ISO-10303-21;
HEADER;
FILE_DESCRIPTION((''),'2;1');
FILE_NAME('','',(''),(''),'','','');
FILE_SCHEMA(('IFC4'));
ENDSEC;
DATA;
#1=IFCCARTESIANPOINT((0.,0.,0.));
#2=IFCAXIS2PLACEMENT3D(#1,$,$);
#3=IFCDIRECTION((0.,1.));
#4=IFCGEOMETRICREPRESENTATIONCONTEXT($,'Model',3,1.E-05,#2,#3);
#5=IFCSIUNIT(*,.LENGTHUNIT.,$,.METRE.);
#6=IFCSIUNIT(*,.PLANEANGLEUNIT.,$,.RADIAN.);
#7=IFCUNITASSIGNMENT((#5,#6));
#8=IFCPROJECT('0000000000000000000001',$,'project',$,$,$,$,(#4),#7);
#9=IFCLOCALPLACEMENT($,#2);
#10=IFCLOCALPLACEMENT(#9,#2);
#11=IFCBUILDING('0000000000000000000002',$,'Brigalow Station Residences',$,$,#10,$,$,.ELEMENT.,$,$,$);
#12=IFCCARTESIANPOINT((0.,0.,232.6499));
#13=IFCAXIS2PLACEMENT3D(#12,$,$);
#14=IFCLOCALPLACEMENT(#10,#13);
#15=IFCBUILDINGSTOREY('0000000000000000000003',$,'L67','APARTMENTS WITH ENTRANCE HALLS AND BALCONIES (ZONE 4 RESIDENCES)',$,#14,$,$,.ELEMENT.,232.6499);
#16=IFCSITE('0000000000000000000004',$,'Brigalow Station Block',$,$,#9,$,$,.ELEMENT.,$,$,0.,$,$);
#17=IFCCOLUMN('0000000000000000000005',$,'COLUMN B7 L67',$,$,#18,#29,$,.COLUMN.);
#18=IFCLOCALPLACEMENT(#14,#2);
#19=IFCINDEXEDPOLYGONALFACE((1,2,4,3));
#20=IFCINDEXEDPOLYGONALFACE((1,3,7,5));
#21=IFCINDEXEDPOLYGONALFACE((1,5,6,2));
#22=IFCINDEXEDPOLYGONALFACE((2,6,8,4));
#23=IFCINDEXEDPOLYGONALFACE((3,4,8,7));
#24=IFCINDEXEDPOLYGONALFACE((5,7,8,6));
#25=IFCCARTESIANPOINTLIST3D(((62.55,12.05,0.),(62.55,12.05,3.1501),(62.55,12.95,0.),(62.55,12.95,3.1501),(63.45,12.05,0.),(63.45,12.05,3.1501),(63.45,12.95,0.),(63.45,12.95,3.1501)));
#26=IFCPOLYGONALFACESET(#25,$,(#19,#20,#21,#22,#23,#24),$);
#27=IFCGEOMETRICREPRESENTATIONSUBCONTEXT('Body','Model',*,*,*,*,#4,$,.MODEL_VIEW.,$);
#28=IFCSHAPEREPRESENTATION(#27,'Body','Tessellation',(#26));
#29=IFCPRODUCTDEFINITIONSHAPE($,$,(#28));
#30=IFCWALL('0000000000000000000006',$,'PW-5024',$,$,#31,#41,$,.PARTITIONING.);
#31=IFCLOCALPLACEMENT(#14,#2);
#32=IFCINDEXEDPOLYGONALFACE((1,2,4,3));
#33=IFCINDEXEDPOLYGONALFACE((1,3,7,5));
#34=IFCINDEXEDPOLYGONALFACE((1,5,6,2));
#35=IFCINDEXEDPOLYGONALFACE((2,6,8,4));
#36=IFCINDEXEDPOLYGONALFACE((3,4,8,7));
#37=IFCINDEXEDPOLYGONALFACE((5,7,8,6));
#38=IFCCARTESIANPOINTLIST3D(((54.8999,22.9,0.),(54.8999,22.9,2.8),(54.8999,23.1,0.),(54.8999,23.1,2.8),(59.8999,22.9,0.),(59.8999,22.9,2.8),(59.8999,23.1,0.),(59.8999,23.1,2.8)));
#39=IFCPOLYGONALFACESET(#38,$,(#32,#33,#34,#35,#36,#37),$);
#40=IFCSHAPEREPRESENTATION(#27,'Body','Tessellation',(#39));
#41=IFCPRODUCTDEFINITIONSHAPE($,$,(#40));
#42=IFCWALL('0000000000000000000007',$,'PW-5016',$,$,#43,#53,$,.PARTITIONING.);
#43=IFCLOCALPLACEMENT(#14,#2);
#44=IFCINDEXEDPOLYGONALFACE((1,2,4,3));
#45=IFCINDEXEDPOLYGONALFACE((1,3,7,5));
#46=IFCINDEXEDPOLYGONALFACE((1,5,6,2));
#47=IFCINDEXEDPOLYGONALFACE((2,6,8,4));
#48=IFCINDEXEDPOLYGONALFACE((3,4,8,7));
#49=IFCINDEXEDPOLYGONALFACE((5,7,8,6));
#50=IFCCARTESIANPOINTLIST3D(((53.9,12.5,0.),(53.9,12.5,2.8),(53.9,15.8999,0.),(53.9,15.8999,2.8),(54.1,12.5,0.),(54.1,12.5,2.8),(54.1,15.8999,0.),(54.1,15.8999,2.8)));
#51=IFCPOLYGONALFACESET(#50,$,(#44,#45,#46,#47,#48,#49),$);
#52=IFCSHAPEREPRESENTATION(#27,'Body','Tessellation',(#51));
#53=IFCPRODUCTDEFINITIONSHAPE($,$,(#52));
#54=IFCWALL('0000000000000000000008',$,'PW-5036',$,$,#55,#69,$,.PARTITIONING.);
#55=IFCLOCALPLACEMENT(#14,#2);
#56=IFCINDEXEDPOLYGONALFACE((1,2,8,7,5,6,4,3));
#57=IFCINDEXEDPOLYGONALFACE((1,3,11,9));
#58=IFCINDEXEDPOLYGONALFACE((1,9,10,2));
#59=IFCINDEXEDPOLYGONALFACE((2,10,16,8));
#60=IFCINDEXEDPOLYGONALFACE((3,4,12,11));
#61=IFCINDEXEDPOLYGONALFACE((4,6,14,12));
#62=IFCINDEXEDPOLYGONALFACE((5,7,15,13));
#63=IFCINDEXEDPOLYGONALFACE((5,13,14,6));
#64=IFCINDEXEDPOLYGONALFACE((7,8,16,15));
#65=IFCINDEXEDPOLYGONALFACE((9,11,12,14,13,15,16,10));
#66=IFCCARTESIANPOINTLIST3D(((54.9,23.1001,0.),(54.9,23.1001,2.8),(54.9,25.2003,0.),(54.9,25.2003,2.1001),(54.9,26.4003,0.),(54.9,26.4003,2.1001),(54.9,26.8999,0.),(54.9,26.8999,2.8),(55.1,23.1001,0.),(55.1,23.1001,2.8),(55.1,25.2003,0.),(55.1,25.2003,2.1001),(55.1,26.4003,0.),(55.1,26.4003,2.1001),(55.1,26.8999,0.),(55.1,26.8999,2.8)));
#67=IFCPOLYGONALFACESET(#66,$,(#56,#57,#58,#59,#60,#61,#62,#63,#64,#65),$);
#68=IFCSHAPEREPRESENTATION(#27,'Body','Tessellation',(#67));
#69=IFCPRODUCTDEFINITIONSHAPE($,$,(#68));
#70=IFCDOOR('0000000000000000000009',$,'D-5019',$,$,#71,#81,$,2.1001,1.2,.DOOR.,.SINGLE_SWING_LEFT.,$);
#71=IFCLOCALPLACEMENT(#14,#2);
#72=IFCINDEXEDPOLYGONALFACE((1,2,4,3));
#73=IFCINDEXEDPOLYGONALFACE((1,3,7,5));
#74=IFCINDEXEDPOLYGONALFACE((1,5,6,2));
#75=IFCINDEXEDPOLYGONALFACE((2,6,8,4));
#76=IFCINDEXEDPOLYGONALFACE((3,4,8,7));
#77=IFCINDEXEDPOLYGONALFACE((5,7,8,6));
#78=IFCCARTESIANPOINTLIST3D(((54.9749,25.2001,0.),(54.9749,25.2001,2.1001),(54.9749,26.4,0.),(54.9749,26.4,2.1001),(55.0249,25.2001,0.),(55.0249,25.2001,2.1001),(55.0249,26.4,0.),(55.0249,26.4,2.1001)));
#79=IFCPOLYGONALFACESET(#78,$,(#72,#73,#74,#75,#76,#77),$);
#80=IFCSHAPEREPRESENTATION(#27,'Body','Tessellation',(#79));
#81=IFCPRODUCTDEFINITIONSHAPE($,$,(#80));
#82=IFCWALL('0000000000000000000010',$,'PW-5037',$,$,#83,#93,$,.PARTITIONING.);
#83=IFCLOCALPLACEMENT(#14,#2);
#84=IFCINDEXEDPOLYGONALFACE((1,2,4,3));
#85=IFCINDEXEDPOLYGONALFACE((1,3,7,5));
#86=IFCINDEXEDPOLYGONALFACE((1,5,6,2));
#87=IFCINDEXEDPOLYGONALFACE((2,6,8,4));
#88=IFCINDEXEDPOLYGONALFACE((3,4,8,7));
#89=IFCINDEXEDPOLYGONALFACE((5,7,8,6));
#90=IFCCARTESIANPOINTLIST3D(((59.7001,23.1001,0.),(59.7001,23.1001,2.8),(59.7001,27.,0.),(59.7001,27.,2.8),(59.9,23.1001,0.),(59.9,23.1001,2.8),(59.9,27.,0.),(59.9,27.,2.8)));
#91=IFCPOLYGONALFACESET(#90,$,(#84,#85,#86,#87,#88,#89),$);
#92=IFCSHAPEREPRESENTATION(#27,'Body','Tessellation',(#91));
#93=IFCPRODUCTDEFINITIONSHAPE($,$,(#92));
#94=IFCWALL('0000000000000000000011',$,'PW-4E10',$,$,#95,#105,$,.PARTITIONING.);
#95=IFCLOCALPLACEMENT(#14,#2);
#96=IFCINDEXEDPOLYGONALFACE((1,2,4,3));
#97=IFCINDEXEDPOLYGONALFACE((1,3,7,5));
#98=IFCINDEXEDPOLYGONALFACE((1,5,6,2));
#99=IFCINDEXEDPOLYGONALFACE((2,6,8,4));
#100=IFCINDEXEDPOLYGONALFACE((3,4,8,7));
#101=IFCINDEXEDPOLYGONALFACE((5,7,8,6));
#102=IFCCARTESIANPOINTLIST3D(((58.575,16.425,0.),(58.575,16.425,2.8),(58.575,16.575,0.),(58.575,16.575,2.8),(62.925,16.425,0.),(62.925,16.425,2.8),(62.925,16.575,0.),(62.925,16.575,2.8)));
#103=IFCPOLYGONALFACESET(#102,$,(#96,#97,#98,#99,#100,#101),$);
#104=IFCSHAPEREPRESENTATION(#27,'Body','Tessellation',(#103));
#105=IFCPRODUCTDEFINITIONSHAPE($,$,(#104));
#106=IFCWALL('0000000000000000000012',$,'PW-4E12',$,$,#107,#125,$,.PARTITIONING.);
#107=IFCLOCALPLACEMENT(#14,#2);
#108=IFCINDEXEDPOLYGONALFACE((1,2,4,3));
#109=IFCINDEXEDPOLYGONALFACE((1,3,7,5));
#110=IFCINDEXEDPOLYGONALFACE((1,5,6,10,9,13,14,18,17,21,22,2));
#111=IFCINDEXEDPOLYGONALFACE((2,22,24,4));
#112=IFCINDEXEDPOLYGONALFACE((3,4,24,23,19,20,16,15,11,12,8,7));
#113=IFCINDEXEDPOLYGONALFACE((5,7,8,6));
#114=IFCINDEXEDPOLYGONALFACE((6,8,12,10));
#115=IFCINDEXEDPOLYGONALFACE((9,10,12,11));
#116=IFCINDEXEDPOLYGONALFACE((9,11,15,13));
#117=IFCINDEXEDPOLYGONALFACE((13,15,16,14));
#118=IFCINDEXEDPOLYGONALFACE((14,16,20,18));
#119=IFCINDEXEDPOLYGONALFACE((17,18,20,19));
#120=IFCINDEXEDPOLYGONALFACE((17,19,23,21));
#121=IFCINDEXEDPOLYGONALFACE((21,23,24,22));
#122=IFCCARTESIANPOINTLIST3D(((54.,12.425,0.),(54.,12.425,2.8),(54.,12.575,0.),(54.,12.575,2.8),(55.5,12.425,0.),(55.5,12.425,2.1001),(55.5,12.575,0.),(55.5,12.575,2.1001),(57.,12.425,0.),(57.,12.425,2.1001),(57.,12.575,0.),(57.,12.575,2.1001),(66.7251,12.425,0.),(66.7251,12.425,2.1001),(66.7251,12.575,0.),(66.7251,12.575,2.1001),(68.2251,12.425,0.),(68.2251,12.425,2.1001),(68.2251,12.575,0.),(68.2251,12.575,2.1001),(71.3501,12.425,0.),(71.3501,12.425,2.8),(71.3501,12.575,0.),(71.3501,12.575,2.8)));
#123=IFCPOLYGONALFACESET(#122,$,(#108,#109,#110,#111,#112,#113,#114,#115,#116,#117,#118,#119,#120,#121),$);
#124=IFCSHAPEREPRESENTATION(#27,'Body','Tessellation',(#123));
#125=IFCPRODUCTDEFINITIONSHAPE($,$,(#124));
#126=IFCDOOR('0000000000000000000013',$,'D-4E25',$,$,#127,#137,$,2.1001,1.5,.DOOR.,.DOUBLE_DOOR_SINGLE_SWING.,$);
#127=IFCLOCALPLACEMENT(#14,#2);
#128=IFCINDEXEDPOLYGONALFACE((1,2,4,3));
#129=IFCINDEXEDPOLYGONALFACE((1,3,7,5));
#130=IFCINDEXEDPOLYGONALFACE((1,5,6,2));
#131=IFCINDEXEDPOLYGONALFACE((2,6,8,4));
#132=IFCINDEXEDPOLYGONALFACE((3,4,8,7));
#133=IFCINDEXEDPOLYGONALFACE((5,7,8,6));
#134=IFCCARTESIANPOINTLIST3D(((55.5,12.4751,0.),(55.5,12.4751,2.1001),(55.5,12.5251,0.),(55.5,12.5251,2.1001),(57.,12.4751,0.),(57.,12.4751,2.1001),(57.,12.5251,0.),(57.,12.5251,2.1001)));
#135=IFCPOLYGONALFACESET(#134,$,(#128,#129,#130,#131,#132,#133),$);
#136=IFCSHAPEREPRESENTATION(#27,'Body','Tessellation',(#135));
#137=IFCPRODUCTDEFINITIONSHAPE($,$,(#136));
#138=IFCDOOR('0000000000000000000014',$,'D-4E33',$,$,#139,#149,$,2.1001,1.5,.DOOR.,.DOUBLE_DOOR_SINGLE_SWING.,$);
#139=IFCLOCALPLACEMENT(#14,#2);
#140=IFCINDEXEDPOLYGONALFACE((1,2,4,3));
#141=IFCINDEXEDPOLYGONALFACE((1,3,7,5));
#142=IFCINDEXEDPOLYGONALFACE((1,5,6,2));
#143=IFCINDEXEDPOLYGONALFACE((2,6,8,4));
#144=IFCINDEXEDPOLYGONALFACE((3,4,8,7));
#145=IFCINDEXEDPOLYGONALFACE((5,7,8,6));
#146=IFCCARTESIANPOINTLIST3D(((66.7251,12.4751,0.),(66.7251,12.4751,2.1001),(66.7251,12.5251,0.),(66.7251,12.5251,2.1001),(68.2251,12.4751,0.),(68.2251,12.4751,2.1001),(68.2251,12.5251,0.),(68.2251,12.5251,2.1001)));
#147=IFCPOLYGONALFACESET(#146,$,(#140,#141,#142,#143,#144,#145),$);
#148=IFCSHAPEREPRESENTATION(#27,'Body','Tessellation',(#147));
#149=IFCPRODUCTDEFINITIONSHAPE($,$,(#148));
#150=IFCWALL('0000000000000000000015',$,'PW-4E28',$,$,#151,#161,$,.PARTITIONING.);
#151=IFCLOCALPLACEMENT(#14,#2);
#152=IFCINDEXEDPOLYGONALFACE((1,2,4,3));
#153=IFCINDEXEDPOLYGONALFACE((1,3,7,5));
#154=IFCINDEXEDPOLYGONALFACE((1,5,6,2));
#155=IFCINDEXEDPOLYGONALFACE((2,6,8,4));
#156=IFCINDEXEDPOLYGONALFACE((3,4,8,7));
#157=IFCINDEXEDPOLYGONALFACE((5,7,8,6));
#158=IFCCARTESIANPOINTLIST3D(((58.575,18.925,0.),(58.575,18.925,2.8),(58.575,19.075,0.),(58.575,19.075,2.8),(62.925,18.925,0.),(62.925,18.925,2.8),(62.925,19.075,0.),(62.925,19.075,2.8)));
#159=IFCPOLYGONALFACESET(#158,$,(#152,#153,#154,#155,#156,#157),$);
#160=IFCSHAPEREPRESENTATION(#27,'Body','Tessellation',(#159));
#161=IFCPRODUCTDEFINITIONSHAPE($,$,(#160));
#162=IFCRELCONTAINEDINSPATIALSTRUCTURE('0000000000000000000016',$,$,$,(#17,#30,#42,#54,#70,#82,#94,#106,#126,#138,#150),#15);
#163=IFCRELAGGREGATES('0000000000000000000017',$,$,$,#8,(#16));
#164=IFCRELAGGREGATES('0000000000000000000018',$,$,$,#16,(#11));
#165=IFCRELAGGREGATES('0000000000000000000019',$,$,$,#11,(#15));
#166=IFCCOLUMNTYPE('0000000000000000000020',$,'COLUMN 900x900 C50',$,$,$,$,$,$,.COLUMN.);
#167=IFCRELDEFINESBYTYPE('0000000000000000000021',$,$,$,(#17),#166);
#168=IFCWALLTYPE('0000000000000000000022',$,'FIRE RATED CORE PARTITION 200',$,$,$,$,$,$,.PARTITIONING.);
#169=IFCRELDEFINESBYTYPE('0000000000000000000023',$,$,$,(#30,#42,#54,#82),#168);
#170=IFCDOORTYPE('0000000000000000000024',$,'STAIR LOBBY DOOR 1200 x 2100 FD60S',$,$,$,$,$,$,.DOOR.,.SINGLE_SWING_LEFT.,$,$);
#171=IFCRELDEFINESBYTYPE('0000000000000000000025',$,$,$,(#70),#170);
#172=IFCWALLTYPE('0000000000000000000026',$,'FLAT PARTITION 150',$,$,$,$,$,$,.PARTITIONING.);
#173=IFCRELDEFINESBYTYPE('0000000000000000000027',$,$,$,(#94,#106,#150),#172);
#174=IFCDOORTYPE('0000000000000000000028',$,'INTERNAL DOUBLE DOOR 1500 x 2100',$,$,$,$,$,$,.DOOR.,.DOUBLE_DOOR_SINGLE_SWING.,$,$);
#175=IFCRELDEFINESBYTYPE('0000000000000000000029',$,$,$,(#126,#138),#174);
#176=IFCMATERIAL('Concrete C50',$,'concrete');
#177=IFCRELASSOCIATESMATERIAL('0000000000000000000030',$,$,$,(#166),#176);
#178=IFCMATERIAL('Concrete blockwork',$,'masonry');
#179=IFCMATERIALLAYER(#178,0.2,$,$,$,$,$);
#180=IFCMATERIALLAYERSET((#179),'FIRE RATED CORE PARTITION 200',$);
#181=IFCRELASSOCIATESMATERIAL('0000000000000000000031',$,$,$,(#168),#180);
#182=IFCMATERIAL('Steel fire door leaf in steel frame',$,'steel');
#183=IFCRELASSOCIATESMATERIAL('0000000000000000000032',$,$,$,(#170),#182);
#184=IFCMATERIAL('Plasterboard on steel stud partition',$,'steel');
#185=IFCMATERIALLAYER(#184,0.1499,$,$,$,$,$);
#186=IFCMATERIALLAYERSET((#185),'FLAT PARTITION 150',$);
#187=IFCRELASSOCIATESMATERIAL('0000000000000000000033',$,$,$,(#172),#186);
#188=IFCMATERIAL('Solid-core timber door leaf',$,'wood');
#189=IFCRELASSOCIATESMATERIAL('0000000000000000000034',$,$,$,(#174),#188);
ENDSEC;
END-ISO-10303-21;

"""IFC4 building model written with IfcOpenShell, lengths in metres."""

from ifc_helpers import new_model, si_unit, direction, frame, frame_2d, origin, origin_2d, place, context, subcontext, project, spatial, rectangle, extrude, material, layer, layer_set, material_profile, profile_set, type_object, element, fill, save


model = new_model("IFC4")

# Units and contexts
model_context = context("Model", 3, precision=1e-05, world=origin(), true_north=direction((0.0, 1.0)))
body_context = subcontext(model_context, "Body", "Model", "MODEL_VIEW")
ifc_project = project(units=[si_unit("LENGTHUNIT", "METRE"), si_unit("PLANEANGLEUNIT", "RADIAN")], contexts=[model_context])

# Site, building, storey
site_placement = place(None, origin())
site = spatial("IfcSite", under=ifc_project, at=site_placement, Name="Brigalow Station Block", CompositionType="ELEMENT", RefElevation=0.0)
building_placement = place(site_placement, origin())
building = spatial("IfcBuilding", under=site, at=building_placement, Name="Brigalow Station Residences", CompositionType="ELEMENT")
storey_placement = place(building_placement, frame((0.0, 0.0, 232.6499)))
storey = spatial("IfcBuildingStorey", under=building, at=storey_placement, Name="L67", Description="APARTMENTS WITH ENTRANCE HALLS AND BALCONIES (ZONE 4 RESIDENCES)", CompositionType="ELEMENT", Elevation=232.6499)

# Column
ifc_material_1 = material(Name="Concrete C50", Category="concrete")
ifc_material_profile = material_profile(ifc_material_1, rectangle(XDim=0.8999, YDim=0.8999, at=origin_2d()), Name="RC900x900")
ifc_profile_set = profile_set([ifc_material_profile], Name="Concrete C50")
column_type = type_object("IfcColumnType", Name="COLUMN 900x900 C50", PredefinedType="COLUMN", material=ifc_profile_set)
column_placement = place(storey_placement, frame((63.0, 12.5, 0.0), z_axis=(0.0, 0.0, 1.0), x_axis=(1.0, 0.0, 0.0)))
element("IfcColumn", 1, at=column_placement, inside=storey, type_object=column_type, Name="COLUMN B7 L67", PredefinedType="COLUMN", context=body_context, shape_type="SweptSolid", body=[
    extrude(rectangle(XDim=0.8999, YDim=0.8999, at=origin_2d()), origin(), (0.0, 0.0, 1.0), 3.1501),
])

# Walls
ifc_material_2 = material(Name="Concrete blockwork", Category="masonry")
ifc_layer_1 = layer(ifc_material_2, 0.2)
ifc_layer_set_1 = layer_set([ifc_layer_1], Name="FIRE RATED CORE PARTITION 200")
wall_type_1 = type_object("IfcWallType", Name="FIRE RATED CORE PARTITION 200", PredefinedType="PARTITIONING", material=ifc_layer_set_1)
wall_1_placement = place(storey_placement, frame((54.8999, 23.0, 0.0), z_axis=(0.0, 0.0, 1.0), x_axis=(1.0, 0.0, 0.0)))
element("IfcWall", 2, at=wall_1_placement, inside=storey, type_object=wall_type_1, Name="PW-5024", PredefinedType="PARTITIONING", context=body_context, shape_type="SweptSolid", body=[
    extrude(rectangle(XDim=5.0, YDim=0.2, at=frame_2d((2.5, 0.0))), origin(), (0.0, 0.0, 1.0), 2.8),
])
wall_2_placement = place(storey_placement, frame((54.0, 12.5, 0.0), z_axis=(0.0, 0.0, 1.0), x_axis=(0.0, 1.0, 0.0)))
element("IfcWall", 3, at=wall_2_placement, inside=storey, type_object=wall_type_1, Name="PW-5016", PredefinedType="PARTITIONING", context=body_context, shape_type="SweptSolid", body=[
    extrude(rectangle(XDim=3.3999, YDim=0.2, at=frame_2d((1.7, 0.0))), origin(), (0.0, 0.0, 1.0), 2.8),
])

# Wall, opening, door
wall_3_placement = place(storey_placement, frame((55.0, 23.1001, 0.0), z_axis=(0.0, 0.0, 1.0), x_axis=(0.0, 1.0, 0.0)))
wall_3 = element("IfcWall", 4, at=wall_3_placement, inside=storey, type_object=wall_type_1, Name="PW-5036", PredefinedType="PARTITIONING", context=body_context, shape_type="SweptSolid", body=[
    extrude(rectangle(XDim=3.7998, YDim=0.2, at=frame_2d((1.8999, 0.0))), origin(), (0.0, 0.0, 1.0), 2.8),
])
opening_1_placement = place(wall_3_placement, frame((2.1001, 0.0, 0.0)))
opening_1 = element("IfcOpeningElement", 5, at=opening_1_placement, cuts=wall_3, PredefinedType="OPENING", context=body_context, shape_type="SweptSolid", body=[
    extrude(rectangle(XDim=1.2, YDim=2.1001, at=frame_2d((0.6001, 1.05))), frame((0.0, 0.1099, 0.0), z_axis=(0.0, -1.0, 0.0), x_axis=(1.0, 0.0, 0.0)), (0.0, 0.0, 1.0), 0.22),
])
ifc_material_3 = material(Name="Steel fire door leaf in steel frame", Category="steel")
door_type_1 = type_object("IfcDoorType", Name="STAIR LOBBY DOOR 1200 x 2100 FD60S", OperationType="SINGLE_SWING_LEFT", PredefinedType="DOOR", material=ifc_material_3)
door_1_placement = place(opening_1_placement, frame((1.2, 0.0, 0.0), z_axis=(0.0, 0.0, 1.0), x_axis=(-1.0, 0.0, 0.0)))
door_1 = element("IfcDoor", 6, at=door_1_placement, inside=storey, type_object=door_type_1, Name="D-5019", OperationType="SINGLE_SWING_LEFT", OverallHeight=2.1001, OverallWidth=1.2, PredefinedType="DOOR", context=body_context, shape_type="SweptSolid", body=[
    extrude(rectangle(XDim=1.2, YDim=2.1001, at=frame_2d((0.6001, 1.05))), frame((0.0, 0.0249, 0.0), z_axis=(0.0, -1.0, 0.0), x_axis=(1.0, 0.0, 0.0)), (0.0, 0.0, 1.0), 0.05),
])
fill(opening_1, door_1)

# Walls
wall_4_placement = place(storey_placement, frame((59.8, 23.1001, 0.0), z_axis=(0.0, 0.0, 1.0), x_axis=(0.0, 1.0, 0.0)))
element("IfcWall", 7, at=wall_4_placement, inside=storey, type_object=wall_type_1, Name="PW-5037", PredefinedType="PARTITIONING", context=body_context, shape_type="SweptSolid", body=[
    extrude(rectangle(XDim=3.8999, YDim=0.2, at=frame_2d((1.95, 0.0))), origin(), (0.0, 0.0, 1.0), 2.8),
])
ifc_material_4 = material(Name="Plasterboard on steel stud partition", Category="steel")
ifc_layer_2 = layer(ifc_material_4, 0.1499)
ifc_layer_set_2 = layer_set([ifc_layer_2], Name="FLAT PARTITION 150")
wall_type_2 = type_object("IfcWallType", Name="FLAT PARTITION 150", PredefinedType="PARTITIONING", material=ifc_layer_set_2)
wall_5_placement = place(storey_placement, frame((58.575, 16.5, 0.0), z_axis=(0.0, 0.0, 1.0), x_axis=(1.0, 0.0, 0.0)))
element("IfcWall", 8, at=wall_5_placement, inside=storey, type_object=wall_type_2, Name="PW-4E10", PredefinedType="PARTITIONING", context=body_context, shape_type="SweptSolid", body=[
    extrude(rectangle(XDim=4.3501, YDim=0.1499, at=frame_2d((2.175, 0.0))), origin(), (0.0, 0.0, 1.0), 2.8),
])

# Wall, openings, doors
wall_6_placement = place(storey_placement, frame((54.0, 12.5, 0.0), z_axis=(0.0, 0.0, 1.0), x_axis=(1.0, 0.0, 0.0)))
wall_6 = element("IfcWall", 9, at=wall_6_placement, inside=storey, type_object=wall_type_2, Name="PW-4E12", PredefinedType="PARTITIONING", context=body_context, shape_type="SweptSolid", body=[
    extrude(rectangle(XDim=17.3501, YDim=0.1499, at=frame_2d((8.675, 0.0))), origin(), (0.0, 0.0, 1.0), 2.8),
])
opening_2_placement = place(wall_6_placement, frame((1.5, 0.0, 0.0)))
opening_2 = element("IfcOpeningElement", 10, at=opening_2_placement, cuts=wall_6, PredefinedType="OPENING", context=body_context, shape_type="SweptSolid", body=[
    extrude(rectangle(XDim=1.5, YDim=2.1001, at=frame_2d((0.75, 1.05))), frame((0.0, 0.085, 0.0), z_axis=(0.0, -1.0, 0.0), x_axis=(1.0, 0.0, 0.0)), (0.0, 0.0, 1.0), 0.1699),
])
opening_3_placement = place(wall_6_placement, frame((12.7251, 0.0, 0.0)))
opening_3 = element("IfcOpeningElement", 11, at=opening_3_placement, cuts=wall_6, PredefinedType="OPENING", context=body_context, shape_type="SweptSolid", body=[
    extrude(rectangle(XDim=1.5, YDim=2.1001, at=frame_2d((0.75, 1.05))), frame((0.0, 0.085, 0.0), z_axis=(0.0, -1.0, 0.0), x_axis=(1.0, 0.0, 0.0)), (0.0, 0.0, 1.0), 0.1699),
])
ifc_material_5 = material(Name="Solid-core timber door leaf", Category="wood")
door_type_2 = type_object("IfcDoorType", Name="INTERNAL DOUBLE DOOR 1500 x 2100", OperationType="DOUBLE_DOOR_SINGLE_SWING", PredefinedType="DOOR", material=ifc_material_5)
door_2_placement = place(opening_2_placement, frame((1.5, 0.0, 0.0), z_axis=(0.0, 0.0, 1.0), x_axis=(-1.0, 0.0, 0.0)))
door_2 = element("IfcDoor", 12, at=door_2_placement, inside=storey, type_object=door_type_2, Name="D-4E25", OperationType="DOUBLE_DOOR_SINGLE_SWING", OverallHeight=2.1001, OverallWidth=1.5, PredefinedType="DOOR", context=body_context, shape_type="SweptSolid", body=[
    extrude(rectangle(XDim=1.5, YDim=2.1001, at=frame_2d((0.75, 1.05))), frame((0.0, 0.0249, 0.0), z_axis=(0.0, -1.0, 0.0), x_axis=(1.0, 0.0, 0.0)), (0.0, 0.0, 1.0), 0.05),
])
fill(opening_2, door_2)
door_3_placement = place(opening_3_placement, frame((1.5, 0.0, 0.0), z_axis=(0.0, 0.0, 1.0), x_axis=(-1.0, 0.0, 0.0)))
door_3 = element("IfcDoor", 13, at=door_3_placement, inside=storey, type_object=door_type_2, Name="D-4E33", OperationType="DOUBLE_DOOR_SINGLE_SWING", OverallHeight=2.1001, OverallWidth=1.5, PredefinedType="DOOR", context=body_context, shape_type="SweptSolid", body=[
    extrude(rectangle(XDim=1.5, YDim=2.1001, at=frame_2d((0.75, 1.05))), frame((0.0, 0.0249, 0.0), z_axis=(0.0, -1.0, 0.0), x_axis=(1.0, 0.0, 0.0)), (0.0, 0.0, 1.0), 0.05),
])
fill(opening_3, door_3)

# Wall
wall_7_placement = place(storey_placement, frame((58.575, 19.0, 0.0), z_axis=(0.0, 0.0, 1.0), x_axis=(1.0, 0.0, 0.0)))
element("IfcWall", 14, at=wall_7_placement, inside=storey, type_object=wall_type_2, Name="PW-4E28", PredefinedType="PARTITIONING", context=body_context, shape_type="SweptSolid", body=[
    extrude(rectangle(XDim=4.3501, YDim=0.1499, at=frame_2d((2.175, 0.0))), origin(), (0.0, 0.0, 1.0), 2.8),
])

save(model, "model.ifc")
